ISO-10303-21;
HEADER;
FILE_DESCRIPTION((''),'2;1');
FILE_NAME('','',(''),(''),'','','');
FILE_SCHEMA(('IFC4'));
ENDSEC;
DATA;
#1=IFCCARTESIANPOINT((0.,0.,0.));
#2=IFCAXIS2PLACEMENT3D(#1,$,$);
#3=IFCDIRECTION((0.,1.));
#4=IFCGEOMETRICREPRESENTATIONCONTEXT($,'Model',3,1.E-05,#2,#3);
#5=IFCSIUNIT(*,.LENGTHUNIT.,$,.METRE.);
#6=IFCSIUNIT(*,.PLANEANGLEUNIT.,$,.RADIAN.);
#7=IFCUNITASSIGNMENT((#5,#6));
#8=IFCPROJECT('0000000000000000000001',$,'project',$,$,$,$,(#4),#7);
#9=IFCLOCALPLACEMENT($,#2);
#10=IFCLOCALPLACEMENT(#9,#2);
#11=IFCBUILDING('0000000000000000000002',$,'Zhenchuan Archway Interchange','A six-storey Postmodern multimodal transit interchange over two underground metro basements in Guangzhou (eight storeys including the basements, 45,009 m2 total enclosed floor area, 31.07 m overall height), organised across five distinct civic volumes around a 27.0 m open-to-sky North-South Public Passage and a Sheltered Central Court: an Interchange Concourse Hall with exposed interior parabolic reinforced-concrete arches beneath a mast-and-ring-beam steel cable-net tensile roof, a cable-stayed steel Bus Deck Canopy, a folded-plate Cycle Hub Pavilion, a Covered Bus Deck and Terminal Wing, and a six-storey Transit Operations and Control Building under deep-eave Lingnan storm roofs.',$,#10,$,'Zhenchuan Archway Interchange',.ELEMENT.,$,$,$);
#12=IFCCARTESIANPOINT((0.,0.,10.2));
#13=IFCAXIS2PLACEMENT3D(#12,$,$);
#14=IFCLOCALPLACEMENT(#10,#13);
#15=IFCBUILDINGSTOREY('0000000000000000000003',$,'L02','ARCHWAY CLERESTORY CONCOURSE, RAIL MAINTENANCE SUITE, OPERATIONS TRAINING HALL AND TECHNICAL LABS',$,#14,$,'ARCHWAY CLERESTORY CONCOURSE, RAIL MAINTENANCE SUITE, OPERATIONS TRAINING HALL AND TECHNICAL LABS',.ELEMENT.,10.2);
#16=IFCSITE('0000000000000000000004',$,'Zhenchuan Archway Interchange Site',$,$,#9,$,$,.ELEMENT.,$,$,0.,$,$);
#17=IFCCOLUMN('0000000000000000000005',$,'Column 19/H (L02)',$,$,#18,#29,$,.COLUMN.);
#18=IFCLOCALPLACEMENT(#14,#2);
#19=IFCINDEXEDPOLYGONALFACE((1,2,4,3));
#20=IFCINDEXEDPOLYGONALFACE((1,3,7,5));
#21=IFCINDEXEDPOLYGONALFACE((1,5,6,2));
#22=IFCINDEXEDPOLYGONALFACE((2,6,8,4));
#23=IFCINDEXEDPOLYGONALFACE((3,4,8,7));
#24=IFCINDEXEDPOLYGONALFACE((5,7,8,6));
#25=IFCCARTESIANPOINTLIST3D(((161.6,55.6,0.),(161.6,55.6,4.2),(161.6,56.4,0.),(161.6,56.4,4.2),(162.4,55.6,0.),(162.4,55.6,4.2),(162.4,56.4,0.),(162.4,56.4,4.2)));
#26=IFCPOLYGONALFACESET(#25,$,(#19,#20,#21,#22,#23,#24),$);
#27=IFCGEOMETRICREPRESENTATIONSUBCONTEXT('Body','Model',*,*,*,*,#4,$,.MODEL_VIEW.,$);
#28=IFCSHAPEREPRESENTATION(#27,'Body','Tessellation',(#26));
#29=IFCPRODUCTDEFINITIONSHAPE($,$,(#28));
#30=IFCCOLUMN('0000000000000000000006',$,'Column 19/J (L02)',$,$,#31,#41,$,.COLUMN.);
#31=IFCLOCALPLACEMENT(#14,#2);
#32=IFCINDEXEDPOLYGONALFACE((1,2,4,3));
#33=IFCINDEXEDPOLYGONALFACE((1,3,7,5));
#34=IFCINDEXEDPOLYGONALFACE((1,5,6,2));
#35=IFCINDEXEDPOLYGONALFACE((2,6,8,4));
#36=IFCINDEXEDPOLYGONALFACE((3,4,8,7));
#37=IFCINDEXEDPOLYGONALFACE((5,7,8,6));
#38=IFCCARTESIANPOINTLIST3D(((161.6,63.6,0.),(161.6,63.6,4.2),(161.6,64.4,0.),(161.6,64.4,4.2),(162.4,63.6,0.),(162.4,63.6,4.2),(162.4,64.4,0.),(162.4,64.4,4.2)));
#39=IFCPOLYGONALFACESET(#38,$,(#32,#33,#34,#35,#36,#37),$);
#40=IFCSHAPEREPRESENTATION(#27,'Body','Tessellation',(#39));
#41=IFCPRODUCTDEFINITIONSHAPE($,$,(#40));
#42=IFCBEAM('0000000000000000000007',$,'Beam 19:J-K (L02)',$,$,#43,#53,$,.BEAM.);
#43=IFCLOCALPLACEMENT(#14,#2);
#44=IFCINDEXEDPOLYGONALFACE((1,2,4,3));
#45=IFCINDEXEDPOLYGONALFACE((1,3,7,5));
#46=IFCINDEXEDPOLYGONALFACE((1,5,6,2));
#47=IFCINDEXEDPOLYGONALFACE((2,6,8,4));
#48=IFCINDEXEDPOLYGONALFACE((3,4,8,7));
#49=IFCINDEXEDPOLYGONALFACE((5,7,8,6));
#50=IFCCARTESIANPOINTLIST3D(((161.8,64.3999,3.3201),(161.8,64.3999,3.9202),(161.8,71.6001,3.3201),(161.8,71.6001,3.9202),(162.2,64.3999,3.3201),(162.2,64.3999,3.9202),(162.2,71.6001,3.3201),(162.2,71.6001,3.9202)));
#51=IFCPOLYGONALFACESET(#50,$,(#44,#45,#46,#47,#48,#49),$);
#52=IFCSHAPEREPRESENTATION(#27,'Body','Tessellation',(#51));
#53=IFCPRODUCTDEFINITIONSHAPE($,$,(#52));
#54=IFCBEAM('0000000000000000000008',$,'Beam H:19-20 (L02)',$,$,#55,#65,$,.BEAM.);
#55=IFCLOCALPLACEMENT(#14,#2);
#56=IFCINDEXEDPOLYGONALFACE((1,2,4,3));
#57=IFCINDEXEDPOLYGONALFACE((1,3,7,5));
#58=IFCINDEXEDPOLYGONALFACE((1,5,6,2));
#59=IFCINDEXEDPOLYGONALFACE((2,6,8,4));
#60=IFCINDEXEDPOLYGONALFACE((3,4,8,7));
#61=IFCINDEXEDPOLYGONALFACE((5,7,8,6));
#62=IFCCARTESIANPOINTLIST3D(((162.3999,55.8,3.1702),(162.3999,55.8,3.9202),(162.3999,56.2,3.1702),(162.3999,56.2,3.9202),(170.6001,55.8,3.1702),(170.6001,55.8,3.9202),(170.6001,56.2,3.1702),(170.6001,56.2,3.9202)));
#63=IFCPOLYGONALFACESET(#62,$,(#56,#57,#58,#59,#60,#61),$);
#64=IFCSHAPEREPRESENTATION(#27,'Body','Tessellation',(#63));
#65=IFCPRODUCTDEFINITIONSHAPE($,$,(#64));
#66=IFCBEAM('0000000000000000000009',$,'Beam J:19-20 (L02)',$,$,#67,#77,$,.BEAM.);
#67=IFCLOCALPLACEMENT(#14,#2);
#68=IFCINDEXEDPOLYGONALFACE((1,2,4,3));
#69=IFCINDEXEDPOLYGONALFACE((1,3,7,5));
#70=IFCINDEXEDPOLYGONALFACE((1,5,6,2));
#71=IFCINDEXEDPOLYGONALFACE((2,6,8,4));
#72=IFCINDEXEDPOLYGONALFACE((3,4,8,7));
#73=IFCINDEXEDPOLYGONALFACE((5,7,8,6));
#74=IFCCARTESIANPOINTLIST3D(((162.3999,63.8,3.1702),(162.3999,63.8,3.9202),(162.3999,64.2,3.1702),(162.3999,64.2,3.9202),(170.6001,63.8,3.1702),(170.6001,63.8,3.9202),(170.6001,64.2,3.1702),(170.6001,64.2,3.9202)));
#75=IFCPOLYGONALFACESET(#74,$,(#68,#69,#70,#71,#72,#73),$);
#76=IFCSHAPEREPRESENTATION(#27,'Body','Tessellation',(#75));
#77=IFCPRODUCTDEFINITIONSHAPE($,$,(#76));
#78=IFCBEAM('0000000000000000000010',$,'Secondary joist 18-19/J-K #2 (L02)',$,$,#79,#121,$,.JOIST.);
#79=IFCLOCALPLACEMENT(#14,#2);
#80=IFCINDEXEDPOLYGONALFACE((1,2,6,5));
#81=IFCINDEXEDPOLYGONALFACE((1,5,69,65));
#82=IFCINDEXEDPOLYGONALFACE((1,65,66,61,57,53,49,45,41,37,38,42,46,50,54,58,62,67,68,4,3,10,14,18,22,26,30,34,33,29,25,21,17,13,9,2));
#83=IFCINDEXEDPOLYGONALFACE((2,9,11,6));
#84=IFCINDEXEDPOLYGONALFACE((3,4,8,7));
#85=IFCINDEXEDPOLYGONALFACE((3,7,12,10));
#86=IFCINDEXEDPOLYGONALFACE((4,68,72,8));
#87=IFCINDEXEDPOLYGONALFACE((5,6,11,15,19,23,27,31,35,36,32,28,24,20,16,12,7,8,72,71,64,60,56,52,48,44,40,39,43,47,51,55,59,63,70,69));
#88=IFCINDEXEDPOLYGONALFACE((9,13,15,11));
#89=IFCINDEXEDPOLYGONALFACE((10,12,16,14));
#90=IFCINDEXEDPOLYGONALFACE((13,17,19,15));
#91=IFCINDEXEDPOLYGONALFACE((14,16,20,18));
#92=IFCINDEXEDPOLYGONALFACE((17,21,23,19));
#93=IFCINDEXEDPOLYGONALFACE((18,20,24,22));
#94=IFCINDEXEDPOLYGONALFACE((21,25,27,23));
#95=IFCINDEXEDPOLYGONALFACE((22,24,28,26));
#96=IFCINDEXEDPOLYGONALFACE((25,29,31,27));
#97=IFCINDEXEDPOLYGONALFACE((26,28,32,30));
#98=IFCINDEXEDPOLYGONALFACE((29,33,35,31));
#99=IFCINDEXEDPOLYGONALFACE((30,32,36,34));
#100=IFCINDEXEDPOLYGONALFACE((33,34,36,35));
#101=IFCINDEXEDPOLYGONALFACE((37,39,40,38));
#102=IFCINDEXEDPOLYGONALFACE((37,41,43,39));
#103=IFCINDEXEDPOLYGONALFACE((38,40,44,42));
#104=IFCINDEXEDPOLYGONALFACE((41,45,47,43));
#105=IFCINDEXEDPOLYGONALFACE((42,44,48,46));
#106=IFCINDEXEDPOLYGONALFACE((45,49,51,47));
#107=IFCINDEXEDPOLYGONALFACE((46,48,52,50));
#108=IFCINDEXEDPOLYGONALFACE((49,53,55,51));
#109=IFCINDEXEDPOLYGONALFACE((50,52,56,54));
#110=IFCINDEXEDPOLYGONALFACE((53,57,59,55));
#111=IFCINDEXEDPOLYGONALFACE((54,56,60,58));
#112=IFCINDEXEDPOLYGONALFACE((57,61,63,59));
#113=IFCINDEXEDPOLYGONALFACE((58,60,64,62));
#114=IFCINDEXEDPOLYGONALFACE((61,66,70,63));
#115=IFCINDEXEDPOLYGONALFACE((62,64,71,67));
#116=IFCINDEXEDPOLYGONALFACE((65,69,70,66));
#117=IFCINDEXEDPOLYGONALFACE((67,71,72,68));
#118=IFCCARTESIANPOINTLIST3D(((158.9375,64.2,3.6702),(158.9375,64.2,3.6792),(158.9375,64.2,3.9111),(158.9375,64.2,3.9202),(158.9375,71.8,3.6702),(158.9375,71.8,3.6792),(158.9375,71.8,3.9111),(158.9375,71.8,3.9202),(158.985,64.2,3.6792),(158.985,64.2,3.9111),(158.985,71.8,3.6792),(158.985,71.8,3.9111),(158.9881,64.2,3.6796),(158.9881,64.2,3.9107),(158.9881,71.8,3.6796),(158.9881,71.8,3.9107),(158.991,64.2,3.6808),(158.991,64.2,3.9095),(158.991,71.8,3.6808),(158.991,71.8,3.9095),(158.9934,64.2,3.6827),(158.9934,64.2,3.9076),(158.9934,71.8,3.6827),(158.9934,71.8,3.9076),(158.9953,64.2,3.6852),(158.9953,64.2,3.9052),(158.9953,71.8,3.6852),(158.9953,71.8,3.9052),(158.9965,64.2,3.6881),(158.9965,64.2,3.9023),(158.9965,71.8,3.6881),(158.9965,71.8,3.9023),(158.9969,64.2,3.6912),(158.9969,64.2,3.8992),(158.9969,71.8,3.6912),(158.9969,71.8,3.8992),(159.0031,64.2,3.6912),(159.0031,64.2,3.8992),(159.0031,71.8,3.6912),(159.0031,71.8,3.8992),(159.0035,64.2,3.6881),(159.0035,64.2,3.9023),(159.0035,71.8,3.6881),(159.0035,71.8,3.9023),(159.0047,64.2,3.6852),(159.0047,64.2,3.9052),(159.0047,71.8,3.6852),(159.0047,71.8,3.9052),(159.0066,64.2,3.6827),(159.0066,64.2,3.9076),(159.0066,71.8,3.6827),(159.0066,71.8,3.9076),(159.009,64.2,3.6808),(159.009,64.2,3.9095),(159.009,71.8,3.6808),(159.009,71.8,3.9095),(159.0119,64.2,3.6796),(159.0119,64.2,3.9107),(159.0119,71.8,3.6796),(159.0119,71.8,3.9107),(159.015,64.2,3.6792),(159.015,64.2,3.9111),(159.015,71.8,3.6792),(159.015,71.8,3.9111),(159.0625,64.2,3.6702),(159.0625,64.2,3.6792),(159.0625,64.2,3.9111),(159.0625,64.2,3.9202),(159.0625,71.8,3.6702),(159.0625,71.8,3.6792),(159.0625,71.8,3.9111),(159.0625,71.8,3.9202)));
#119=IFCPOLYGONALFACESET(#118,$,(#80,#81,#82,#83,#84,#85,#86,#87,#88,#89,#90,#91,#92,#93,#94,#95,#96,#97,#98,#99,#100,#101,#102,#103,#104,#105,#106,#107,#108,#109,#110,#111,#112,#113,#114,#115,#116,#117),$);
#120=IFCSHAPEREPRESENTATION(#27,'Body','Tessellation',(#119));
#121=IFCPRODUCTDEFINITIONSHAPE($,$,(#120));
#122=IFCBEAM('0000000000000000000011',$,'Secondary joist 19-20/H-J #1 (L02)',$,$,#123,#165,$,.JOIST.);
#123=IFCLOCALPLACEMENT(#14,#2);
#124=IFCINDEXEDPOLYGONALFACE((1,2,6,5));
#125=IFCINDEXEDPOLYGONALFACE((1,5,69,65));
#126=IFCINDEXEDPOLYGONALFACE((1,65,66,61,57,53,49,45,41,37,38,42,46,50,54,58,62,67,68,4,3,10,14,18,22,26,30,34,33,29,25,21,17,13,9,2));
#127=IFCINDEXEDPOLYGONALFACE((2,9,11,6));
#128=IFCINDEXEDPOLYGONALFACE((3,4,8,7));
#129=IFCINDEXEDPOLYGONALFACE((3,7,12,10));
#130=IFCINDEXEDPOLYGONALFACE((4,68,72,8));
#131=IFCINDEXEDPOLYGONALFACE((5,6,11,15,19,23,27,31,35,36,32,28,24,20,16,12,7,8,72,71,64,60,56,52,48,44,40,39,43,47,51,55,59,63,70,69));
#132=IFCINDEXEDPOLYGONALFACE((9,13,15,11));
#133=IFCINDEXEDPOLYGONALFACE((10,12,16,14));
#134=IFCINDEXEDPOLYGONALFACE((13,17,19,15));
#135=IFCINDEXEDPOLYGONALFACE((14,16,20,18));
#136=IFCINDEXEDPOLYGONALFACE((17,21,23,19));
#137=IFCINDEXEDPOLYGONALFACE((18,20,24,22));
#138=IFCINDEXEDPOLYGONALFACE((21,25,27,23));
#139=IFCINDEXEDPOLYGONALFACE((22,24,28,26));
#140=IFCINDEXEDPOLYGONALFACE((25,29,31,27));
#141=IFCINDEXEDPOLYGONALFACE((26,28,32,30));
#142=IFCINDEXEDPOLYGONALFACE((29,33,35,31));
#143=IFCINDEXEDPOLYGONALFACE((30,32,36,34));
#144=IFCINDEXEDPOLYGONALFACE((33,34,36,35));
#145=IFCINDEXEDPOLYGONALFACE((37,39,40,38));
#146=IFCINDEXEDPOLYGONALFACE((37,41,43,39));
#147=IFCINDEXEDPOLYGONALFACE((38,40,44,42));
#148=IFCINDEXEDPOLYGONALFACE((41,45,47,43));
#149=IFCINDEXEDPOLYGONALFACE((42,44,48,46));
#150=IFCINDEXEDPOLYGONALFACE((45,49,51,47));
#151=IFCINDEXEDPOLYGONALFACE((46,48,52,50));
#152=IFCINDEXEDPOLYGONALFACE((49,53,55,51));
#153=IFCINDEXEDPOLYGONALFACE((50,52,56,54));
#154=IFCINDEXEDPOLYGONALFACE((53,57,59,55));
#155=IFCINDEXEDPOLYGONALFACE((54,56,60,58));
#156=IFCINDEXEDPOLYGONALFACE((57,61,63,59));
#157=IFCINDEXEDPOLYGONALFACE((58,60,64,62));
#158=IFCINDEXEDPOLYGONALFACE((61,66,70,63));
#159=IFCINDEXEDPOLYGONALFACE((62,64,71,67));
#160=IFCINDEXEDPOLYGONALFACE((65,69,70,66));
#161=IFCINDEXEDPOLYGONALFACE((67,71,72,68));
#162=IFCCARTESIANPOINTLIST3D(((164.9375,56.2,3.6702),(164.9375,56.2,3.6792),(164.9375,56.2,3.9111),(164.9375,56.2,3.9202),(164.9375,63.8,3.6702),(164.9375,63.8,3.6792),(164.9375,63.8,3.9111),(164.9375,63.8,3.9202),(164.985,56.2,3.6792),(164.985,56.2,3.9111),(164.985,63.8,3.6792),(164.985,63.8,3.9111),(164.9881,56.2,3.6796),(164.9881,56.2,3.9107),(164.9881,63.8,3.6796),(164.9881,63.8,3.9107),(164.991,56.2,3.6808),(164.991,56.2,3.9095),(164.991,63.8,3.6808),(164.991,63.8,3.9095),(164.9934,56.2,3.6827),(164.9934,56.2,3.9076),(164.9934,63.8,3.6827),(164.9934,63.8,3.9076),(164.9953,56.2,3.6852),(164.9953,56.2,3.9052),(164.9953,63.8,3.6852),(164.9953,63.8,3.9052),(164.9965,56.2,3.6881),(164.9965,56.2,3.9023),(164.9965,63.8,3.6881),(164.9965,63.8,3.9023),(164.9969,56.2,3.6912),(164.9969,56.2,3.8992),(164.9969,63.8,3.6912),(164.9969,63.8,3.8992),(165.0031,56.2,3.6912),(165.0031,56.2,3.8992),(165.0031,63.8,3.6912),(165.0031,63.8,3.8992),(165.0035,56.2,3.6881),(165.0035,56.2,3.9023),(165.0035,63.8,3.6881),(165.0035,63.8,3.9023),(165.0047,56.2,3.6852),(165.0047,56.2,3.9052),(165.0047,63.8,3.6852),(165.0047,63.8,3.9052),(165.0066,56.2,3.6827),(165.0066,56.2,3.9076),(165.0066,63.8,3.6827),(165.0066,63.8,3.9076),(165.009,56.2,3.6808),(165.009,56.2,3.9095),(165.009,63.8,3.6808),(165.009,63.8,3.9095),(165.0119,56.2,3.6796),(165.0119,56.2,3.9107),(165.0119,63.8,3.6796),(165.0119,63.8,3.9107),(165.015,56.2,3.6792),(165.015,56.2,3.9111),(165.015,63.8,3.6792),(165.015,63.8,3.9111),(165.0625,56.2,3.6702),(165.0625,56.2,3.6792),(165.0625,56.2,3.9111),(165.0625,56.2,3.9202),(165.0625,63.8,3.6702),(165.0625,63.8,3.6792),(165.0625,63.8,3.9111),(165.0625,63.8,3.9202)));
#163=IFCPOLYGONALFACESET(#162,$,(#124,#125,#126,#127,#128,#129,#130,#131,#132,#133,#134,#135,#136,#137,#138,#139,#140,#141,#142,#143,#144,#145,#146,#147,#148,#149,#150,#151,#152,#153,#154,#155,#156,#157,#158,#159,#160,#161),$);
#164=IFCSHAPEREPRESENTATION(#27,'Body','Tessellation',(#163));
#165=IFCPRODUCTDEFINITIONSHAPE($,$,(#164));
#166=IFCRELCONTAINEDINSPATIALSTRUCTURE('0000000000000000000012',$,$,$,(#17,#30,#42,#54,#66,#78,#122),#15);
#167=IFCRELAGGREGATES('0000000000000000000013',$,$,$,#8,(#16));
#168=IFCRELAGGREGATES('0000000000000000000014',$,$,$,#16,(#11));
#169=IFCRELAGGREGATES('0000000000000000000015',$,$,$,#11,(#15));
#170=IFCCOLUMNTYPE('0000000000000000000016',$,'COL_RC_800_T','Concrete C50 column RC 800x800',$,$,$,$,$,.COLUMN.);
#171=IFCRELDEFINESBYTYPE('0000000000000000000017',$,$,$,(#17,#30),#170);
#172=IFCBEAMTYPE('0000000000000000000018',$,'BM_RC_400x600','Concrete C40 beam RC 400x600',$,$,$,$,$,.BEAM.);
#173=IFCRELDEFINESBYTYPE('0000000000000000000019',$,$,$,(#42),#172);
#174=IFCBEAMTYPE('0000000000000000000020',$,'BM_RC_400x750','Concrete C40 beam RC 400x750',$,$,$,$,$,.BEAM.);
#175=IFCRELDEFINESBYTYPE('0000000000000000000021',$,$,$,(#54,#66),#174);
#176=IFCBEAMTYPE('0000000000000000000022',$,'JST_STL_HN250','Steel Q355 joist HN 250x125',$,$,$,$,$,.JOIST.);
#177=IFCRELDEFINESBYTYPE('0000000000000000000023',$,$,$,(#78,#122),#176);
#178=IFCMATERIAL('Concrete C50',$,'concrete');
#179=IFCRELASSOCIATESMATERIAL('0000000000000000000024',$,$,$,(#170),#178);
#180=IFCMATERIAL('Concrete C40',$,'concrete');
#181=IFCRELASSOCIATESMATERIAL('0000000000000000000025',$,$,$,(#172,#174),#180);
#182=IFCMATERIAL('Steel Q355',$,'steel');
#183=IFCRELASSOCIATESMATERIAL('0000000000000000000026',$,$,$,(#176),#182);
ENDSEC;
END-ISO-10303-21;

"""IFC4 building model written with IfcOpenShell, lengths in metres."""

from ifc_helpers import new_model, si_unit, direction, frame, origin, origin_2d, place, context, subcontext, project, spatial, rectangle, i_section, extrude, material, material_profile, profile_set, type_object, element, save


model = new_model("IFC4")

# Units and contexts
model_context = context("Model", 3, precision=1e-05, world=origin(), true_north=direction((0.0, 1.0)))
body_context = subcontext(model_context, "Body", "Model", "MODEL_VIEW")
ifc_project = project(units=[si_unit("LENGTHUNIT", "METRE"), si_unit("PLANEANGLEUNIT", "RADIAN")], contexts=[model_context])

# Site, building, storey
site_placement = place(None, origin())
site = spatial("IfcSite", under=ifc_project, at=site_placement, Name="Zhenchuan Archway Interchange Site", CompositionType="ELEMENT", RefElevation=0.0)
building_placement = place(site_placement, origin())
building = spatial("IfcBuilding", under=site, at=building_placement, Name="Zhenchuan Archway Interchange", Description="A six-storey Postmodern multimodal transit interchange over two underground metro basements in Guangzhou (eight storeys including the basements, 45,009 m2 total enclosed floor area, 31.07 m overall height), organised across five distinct civic volumes around a 27.0 m open-to-sky North-South Public Passage and a Sheltered Central Court: an Interchange Concourse Hall with exposed interior parabolic reinforced-concrete arches beneath a mast-and-ring-beam steel cable-net tensile roof, a cable-stayed steel Bus Deck Canopy, a folded-plate Cycle Hub Pavilion, a Covered Bus Deck and Terminal Wing, and a six-storey Transit Operations and Control Building under deep-eave Lingnan storm roofs.", LongName="Zhenchuan Archway Interchange", CompositionType="ELEMENT")
storey_placement = place(building_placement, frame((0.0, 0.0, 10.2)))
storey = spatial("IfcBuildingStorey", under=building, at=storey_placement, Name="L02", Description="ARCHWAY CLERESTORY CONCOURSE, RAIL MAINTENANCE SUITE, OPERATIONS TRAINING HALL AND TECHNICAL LABS", LongName="ARCHWAY CLERESTORY CONCOURSE, RAIL MAINTENANCE SUITE, OPERATIONS TRAINING HALL AND TECHNICAL LABS", CompositionType="ELEMENT", Elevation=10.2)

# Columns
ifc_material_1 = material(Name="Concrete C50", Category="concrete")
ifc_material_profile_1 = material_profile(ifc_material_1, rectangle(XDim=0.8, YDim=0.8, at=origin_2d()), Name="RC 800x800")
ifc_profile_set_1 = profile_set([ifc_material_profile_1], Name="Concrete C50")
column_type = type_object("IfcColumnType", Name="COL_RC_800_T", Description="Concrete C50 column RC 800x800", PredefinedType="COLUMN", material=ifc_profile_set_1)
for number, where, z_axis, x_axis, name in (
    (1, (162.0, 56.0, 0.0), (0.0, 0.0, 1.0), (1.0, 0.0, 0.0), "Column 19/H (L02)"),
    (2, (162.0, 64.0, 0.0), (0.0, 0.0, 1.0), (1.0, 0.0, 0.0), "Column 19/J (L02)"),
):
    element("IfcColumn", number, at=place(storey_placement, frame(where, z_axis=z_axis, x_axis=x_axis)), inside=storey, type_object=column_type, Name=name, PredefinedType="COLUMN", context=body_context, shape_type="SweptSolid", body=[
        extrude(rectangle(XDim=0.8, YDim=0.8, at=origin_2d()), origin(), (0.0, 0.0, 1.0), 4.2),
    ])

# Beams
ifc_material_2 = material(Name="Concrete C40", Category="concrete")
ifc_material_profile_2 = material_profile(ifc_material_2, rectangle(XDim=0.3999, YDim=0.6001, at=origin_2d()), Name="RC 400x600")
ifc_profile_set_2 = profile_set([ifc_material_profile_2], Name="Concrete C40")
beam_type_1 = type_object("IfcBeamType", Name="BM_RC_400x600", Description="Concrete C40 beam RC 400x600", PredefinedType="BEAM", material=ifc_profile_set_2)
beam_1_placement = place(storey_placement, frame((162.0, 64.3999, 3.6201), z_axis=(0.0, 1.0, 0.0), x_axis=(-1.0, 0.0, 0.0)))
element("IfcBeam", 3, at=beam_1_placement, inside=storey, type_object=beam_type_1, Name="Beam 19:J-K (L02)", PredefinedType="BEAM", context=body_context, shape_type="SweptSolid", body=[
    extrude(rectangle(XDim=0.3999, YDim=0.6001, at=origin_2d()), origin(), (0.0, 0.0, 1.0), 7.2002),
])
ifc_material_profile_3 = material_profile(ifc_material_2, rectangle(XDim=0.3999, YDim=0.75, at=origin_2d()), Name="RC 400x750")
ifc_profile_set_3 = profile_set([ifc_material_profile_3], Name="Concrete C40")
beam_type_2 = type_object("IfcBeamType", Name="BM_RC_400x750", Description="Concrete C40 beam RC 400x750", PredefinedType="BEAM", material=ifc_profile_set_3)
for number, where, z_axis, x_axis, name in (
    (4, (162.3999, 56.0, 3.5452), (1.0, 0.0, 0.0), (0.0, 1.0, 0.0), "Beam H:19-20 (L02)"),
    (5, (162.3999, 64.0, 3.5452), (1.0, 0.0, 0.0), (0.0, 1.0, 0.0), "Beam J:19-20 (L02)"),
):
    element("IfcBeam", number, at=place(storey_placement, frame(where, z_axis=z_axis, x_axis=x_axis)), inside=storey, type_object=beam_type_2, Name=name, PredefinedType="BEAM", context=body_context, shape_type="SweptSolid", body=[
        extrude(rectangle(XDim=0.3999, YDim=0.75, at=origin_2d()), origin(), (0.0, 0.0, 1.0), 8.2002),
    ])
ifc_material_3 = material(Name="Steel Q355", Category="steel")
ifc_material_profile_4 = material_profile(ifc_material_3, i_section(OverallWidth=0.125, OverallDepth=0.25, WebThickness=0.0061, FlangeThickness=0.009, FilletRadius=0.012, at=origin_2d()), Name="HN 250x125")
ifc_profile_set_4 = profile_set([ifc_material_profile_4], Name="Steel Q355")
beam_type_3 = type_object("IfcBeamType", Name="JST_STL_HN250", Description="Steel Q355 joist HN 250x125", PredefinedType="JOIST", material=ifc_profile_set_4)
for number, where, z_axis, x_axis, name in (
    (6, (159.0, 64.2, 3.7952), (0.0, 1.0, 0.0), (-1.0, 0.0, 0.0), "Secondary joist 18-19/J-K #2 (L02)"),
    (7, (165.0, 56.2, 3.7952), (0.0, 1.0, 0.0), (-1.0, 0.0, 0.0), "Secondary joist 19-20/H-J #1 (L02)"),
):
    element("IfcBeam", number, at=place(storey_placement, frame(where, z_axis=z_axis, x_axis=x_axis)), inside=storey, type_object=beam_type_3, Name=name, PredefinedType="JOIST", context=body_context, shape_type="SweptSolid", body=[
        extrude(i_section(OverallWidth=0.125, OverallDepth=0.25, WebThickness=0.0061, FlangeThickness=0.009, FilletRadius=0.012, at=origin_2d()), origin(), (0.0, 0.0, 1.0), 7.6001),
    ])

save(model, "model.ifc")
